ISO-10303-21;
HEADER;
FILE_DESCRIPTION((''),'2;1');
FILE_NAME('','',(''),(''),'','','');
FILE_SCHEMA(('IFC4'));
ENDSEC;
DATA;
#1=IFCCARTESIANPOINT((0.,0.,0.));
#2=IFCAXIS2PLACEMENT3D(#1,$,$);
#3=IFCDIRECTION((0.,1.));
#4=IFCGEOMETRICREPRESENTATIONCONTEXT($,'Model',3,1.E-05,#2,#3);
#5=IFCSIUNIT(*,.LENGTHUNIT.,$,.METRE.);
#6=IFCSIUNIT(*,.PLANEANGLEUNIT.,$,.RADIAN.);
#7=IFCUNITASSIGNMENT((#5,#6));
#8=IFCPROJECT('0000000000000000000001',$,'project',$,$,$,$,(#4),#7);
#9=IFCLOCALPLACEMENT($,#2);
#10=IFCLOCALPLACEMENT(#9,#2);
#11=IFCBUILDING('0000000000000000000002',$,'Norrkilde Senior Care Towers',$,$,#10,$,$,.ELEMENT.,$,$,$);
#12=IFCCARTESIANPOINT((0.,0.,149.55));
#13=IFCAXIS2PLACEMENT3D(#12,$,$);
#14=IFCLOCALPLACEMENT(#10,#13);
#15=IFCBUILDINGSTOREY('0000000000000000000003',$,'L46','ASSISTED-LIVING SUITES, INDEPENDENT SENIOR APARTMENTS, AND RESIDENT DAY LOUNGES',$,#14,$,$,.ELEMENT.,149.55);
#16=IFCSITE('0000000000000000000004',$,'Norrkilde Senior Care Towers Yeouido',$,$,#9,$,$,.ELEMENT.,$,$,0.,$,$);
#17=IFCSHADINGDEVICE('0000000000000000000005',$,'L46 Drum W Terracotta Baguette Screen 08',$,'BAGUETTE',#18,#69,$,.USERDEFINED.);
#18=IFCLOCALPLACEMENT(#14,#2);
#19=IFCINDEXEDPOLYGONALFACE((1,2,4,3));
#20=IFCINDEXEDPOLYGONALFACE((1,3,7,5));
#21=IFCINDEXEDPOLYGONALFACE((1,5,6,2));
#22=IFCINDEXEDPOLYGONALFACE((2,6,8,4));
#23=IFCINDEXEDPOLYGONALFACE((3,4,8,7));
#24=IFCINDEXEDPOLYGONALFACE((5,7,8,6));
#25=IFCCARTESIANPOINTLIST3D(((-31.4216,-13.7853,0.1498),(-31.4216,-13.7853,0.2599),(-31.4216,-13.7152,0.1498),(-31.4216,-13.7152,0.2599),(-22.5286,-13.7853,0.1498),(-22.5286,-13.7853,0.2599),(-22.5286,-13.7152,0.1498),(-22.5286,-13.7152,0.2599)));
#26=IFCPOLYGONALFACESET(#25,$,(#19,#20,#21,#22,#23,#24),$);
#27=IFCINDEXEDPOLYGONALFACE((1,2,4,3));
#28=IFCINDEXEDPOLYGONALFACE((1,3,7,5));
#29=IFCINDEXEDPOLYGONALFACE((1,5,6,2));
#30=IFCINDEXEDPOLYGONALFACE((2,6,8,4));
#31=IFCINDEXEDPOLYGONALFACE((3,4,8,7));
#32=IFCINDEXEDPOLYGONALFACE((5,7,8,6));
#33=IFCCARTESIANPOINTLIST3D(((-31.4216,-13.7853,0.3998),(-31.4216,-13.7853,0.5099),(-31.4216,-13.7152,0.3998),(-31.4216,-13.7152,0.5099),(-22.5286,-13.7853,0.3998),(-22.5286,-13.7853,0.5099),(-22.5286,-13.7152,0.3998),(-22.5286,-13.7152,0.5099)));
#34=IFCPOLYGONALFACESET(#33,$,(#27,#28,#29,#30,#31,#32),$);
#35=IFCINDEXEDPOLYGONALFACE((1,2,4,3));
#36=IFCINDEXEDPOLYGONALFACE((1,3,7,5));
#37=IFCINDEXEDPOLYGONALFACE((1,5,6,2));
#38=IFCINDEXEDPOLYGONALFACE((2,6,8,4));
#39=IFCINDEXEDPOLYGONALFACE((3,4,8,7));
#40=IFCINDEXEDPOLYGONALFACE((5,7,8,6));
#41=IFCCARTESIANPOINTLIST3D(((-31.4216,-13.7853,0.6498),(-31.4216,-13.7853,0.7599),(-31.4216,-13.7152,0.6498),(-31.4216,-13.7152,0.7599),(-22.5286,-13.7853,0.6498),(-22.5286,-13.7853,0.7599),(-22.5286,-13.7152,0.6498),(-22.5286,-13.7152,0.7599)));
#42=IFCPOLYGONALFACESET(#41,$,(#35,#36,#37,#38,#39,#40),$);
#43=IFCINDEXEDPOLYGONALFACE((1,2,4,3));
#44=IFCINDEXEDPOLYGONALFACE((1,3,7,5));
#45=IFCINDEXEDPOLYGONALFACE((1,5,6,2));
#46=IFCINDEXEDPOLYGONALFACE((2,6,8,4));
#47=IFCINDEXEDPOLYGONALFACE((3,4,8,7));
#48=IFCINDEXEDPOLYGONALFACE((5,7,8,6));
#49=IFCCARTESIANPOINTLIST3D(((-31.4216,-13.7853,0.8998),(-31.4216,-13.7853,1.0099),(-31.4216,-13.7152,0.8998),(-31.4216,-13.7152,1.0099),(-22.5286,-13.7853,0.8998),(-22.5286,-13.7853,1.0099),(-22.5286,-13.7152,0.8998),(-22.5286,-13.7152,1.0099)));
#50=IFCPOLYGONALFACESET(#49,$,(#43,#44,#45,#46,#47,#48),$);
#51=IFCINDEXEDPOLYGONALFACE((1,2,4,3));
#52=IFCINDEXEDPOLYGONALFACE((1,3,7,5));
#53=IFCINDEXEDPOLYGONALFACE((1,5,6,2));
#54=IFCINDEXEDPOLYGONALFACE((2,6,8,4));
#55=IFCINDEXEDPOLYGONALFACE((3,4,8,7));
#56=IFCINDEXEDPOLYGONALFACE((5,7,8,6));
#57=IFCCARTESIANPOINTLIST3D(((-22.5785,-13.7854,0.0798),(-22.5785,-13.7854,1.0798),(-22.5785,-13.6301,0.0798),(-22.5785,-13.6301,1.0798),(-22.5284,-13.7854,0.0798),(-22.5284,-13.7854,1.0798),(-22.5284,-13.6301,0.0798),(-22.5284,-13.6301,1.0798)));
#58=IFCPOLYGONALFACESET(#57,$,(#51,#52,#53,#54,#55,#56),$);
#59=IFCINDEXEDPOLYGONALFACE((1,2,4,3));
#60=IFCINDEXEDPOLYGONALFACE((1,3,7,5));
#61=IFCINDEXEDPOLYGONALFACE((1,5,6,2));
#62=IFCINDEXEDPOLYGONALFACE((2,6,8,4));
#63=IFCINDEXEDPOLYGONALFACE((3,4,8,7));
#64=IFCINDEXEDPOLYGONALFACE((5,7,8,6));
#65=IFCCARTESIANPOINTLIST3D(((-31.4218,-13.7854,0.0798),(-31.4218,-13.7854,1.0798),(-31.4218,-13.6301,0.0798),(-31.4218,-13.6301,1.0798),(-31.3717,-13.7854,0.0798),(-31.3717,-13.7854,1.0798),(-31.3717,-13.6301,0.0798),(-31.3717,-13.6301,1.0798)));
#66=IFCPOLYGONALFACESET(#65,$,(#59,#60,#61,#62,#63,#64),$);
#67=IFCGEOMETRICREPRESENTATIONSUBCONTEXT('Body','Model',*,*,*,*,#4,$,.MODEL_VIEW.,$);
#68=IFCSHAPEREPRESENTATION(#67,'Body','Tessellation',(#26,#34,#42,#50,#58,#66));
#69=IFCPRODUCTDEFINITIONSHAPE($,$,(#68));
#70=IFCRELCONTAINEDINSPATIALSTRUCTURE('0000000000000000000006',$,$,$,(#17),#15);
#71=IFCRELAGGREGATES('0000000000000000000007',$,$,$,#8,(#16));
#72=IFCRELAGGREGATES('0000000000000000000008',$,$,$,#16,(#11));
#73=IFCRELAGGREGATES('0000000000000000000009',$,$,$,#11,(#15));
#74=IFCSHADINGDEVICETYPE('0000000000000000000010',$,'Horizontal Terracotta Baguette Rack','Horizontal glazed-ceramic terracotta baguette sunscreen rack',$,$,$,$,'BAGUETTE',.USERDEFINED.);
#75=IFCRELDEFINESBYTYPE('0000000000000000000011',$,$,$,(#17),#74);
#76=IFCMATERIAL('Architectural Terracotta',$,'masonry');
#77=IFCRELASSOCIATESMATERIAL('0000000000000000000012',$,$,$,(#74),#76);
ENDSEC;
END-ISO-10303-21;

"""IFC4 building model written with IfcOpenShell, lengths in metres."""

from ifc_helpers import new_model, si_unit, direction, frame, origin, origin_2d, place, context, subcontext, project, spatial, rectangle, extrude, source, transform, mapped, material, type_object, type_shapes, element, save


model = new_model("IFC4")

# Units and contexts
model_context = context("Model", 3, precision=1e-05, world=origin(), true_north=direction((0.0, 1.0)))
body_context = subcontext(model_context, "Body", "Model", "MODEL_VIEW")
ifc_project = project(units=[si_unit("LENGTHUNIT", "METRE"), si_unit("PLANEANGLEUNIT", "RADIAN")], contexts=[model_context])

# Site, building, storey
site_placement = place(None, origin())
site = spatial("IfcSite", under=ifc_project, at=site_placement, Name="Norrkilde Senior Care Towers Yeouido", CompositionType="ELEMENT", RefElevation=0.0)
building_placement = place(site_placement, origin())
building = spatial("IfcBuilding", under=site, at=building_placement, Name="Norrkilde Senior Care Towers", CompositionType="ELEMENT")
storey_placement = place(building_placement, frame((0.0, 0.0, 149.55)))
storey = spatial("IfcBuildingStorey", under=building, at=storey_placement, Name="L46", Description="ASSISTED-LIVING SUITES, INDEPENDENT SENIOR APARTMENTS, AND RESIDENT DAY LOUNGES", CompositionType="ELEMENT", Elevation=149.55)

# Shading device
ifc_material_1 = material(Name="Architectural Terracotta", Category="masonry")
shading_device_type = type_object("IfcShadingDeviceType", Name="Horizontal Terracotta Baguette Rack", Description="Horizontal glazed-ceramic terracotta baguette sunscreen rack", ElementType="BAGUETTE", PredefinedType="USERDEFINED", material=ifc_material_1)
shared_shape_1 = source(origin(), body_context, "Body", "SweptSolid", [
    extrude(rectangle(XDim=0.0701, YDim=0.1101, at=origin_2d()), frame((0.0, 0.0901, 0.125), z_axis=(1.0, 0.0, 0.0), x_axis=(0.0, 1.0, 0.0)), (0.0, 0.0, 1.0), 8.8931),
    extrude(rectangle(XDim=0.0701, YDim=0.1101, at=origin_2d()), frame((0.0, 0.0901, 0.375), z_axis=(1.0, 0.0, 0.0), x_axis=(0.0, 1.0, 0.0)), (0.0, 0.0, 1.0), 8.8931),
    extrude(rectangle(XDim=0.0701, YDim=0.1101, at=origin_2d()), frame((0.0, 0.0901, 0.625), z_axis=(1.0, 0.0, 0.0), x_axis=(0.0, 1.0, 0.0)), (0.0, 0.0, 1.0), 8.8931),
    extrude(rectangle(XDim=0.0701, YDim=0.1101, at=origin_2d()), frame((0.0, 0.0901, 0.875), z_axis=(1.0, 0.0, 0.0), x_axis=(0.0, 1.0, 0.0)), (0.0, 0.0, 1.0), 8.8931),
    extrude(rectangle(XDim=0.05, YDim=0.1553, at=origin_2d()), frame((0.0249, 0.0476, 0.0)), (0.0, 0.0, 1.0), 1.0),
    extrude(rectangle(XDim=0.05, YDim=0.1553, at=origin_2d()), frame((8.8682, 0.0476, 0.0)), (0.0, 0.0, 1.0), 1.0),
])
type_shapes(shading_device_type, [shared_shape_1])
shading_device_placement = place(storey_placement, frame((-22.5286, -13.6602, 0.0798), z_axis=(0.0, 0.0, 1.0), x_axis=(-1.0, 0.0, 0.0)))
element("IfcShadingDevice", 1, at=shading_device_placement, inside=storey, type_object=shading_device_type, Name="L46 Drum W Terracotta Baguette Screen 08", ObjectType="BAGUETTE", PredefinedType="USERDEFINED", context=body_context, shape_type="MappedRepresentation", body=[
    mapped(shared_shape_1, transform((0.0, 0.0, 0.0), x_axis=(1.0, 0.0, 0.0), y_axis=(0.0, 1.0, 0.0), z_axis=(0.0, 0.0, 1.0), scale=1.0)),
])

save(model, "model.ifc")
